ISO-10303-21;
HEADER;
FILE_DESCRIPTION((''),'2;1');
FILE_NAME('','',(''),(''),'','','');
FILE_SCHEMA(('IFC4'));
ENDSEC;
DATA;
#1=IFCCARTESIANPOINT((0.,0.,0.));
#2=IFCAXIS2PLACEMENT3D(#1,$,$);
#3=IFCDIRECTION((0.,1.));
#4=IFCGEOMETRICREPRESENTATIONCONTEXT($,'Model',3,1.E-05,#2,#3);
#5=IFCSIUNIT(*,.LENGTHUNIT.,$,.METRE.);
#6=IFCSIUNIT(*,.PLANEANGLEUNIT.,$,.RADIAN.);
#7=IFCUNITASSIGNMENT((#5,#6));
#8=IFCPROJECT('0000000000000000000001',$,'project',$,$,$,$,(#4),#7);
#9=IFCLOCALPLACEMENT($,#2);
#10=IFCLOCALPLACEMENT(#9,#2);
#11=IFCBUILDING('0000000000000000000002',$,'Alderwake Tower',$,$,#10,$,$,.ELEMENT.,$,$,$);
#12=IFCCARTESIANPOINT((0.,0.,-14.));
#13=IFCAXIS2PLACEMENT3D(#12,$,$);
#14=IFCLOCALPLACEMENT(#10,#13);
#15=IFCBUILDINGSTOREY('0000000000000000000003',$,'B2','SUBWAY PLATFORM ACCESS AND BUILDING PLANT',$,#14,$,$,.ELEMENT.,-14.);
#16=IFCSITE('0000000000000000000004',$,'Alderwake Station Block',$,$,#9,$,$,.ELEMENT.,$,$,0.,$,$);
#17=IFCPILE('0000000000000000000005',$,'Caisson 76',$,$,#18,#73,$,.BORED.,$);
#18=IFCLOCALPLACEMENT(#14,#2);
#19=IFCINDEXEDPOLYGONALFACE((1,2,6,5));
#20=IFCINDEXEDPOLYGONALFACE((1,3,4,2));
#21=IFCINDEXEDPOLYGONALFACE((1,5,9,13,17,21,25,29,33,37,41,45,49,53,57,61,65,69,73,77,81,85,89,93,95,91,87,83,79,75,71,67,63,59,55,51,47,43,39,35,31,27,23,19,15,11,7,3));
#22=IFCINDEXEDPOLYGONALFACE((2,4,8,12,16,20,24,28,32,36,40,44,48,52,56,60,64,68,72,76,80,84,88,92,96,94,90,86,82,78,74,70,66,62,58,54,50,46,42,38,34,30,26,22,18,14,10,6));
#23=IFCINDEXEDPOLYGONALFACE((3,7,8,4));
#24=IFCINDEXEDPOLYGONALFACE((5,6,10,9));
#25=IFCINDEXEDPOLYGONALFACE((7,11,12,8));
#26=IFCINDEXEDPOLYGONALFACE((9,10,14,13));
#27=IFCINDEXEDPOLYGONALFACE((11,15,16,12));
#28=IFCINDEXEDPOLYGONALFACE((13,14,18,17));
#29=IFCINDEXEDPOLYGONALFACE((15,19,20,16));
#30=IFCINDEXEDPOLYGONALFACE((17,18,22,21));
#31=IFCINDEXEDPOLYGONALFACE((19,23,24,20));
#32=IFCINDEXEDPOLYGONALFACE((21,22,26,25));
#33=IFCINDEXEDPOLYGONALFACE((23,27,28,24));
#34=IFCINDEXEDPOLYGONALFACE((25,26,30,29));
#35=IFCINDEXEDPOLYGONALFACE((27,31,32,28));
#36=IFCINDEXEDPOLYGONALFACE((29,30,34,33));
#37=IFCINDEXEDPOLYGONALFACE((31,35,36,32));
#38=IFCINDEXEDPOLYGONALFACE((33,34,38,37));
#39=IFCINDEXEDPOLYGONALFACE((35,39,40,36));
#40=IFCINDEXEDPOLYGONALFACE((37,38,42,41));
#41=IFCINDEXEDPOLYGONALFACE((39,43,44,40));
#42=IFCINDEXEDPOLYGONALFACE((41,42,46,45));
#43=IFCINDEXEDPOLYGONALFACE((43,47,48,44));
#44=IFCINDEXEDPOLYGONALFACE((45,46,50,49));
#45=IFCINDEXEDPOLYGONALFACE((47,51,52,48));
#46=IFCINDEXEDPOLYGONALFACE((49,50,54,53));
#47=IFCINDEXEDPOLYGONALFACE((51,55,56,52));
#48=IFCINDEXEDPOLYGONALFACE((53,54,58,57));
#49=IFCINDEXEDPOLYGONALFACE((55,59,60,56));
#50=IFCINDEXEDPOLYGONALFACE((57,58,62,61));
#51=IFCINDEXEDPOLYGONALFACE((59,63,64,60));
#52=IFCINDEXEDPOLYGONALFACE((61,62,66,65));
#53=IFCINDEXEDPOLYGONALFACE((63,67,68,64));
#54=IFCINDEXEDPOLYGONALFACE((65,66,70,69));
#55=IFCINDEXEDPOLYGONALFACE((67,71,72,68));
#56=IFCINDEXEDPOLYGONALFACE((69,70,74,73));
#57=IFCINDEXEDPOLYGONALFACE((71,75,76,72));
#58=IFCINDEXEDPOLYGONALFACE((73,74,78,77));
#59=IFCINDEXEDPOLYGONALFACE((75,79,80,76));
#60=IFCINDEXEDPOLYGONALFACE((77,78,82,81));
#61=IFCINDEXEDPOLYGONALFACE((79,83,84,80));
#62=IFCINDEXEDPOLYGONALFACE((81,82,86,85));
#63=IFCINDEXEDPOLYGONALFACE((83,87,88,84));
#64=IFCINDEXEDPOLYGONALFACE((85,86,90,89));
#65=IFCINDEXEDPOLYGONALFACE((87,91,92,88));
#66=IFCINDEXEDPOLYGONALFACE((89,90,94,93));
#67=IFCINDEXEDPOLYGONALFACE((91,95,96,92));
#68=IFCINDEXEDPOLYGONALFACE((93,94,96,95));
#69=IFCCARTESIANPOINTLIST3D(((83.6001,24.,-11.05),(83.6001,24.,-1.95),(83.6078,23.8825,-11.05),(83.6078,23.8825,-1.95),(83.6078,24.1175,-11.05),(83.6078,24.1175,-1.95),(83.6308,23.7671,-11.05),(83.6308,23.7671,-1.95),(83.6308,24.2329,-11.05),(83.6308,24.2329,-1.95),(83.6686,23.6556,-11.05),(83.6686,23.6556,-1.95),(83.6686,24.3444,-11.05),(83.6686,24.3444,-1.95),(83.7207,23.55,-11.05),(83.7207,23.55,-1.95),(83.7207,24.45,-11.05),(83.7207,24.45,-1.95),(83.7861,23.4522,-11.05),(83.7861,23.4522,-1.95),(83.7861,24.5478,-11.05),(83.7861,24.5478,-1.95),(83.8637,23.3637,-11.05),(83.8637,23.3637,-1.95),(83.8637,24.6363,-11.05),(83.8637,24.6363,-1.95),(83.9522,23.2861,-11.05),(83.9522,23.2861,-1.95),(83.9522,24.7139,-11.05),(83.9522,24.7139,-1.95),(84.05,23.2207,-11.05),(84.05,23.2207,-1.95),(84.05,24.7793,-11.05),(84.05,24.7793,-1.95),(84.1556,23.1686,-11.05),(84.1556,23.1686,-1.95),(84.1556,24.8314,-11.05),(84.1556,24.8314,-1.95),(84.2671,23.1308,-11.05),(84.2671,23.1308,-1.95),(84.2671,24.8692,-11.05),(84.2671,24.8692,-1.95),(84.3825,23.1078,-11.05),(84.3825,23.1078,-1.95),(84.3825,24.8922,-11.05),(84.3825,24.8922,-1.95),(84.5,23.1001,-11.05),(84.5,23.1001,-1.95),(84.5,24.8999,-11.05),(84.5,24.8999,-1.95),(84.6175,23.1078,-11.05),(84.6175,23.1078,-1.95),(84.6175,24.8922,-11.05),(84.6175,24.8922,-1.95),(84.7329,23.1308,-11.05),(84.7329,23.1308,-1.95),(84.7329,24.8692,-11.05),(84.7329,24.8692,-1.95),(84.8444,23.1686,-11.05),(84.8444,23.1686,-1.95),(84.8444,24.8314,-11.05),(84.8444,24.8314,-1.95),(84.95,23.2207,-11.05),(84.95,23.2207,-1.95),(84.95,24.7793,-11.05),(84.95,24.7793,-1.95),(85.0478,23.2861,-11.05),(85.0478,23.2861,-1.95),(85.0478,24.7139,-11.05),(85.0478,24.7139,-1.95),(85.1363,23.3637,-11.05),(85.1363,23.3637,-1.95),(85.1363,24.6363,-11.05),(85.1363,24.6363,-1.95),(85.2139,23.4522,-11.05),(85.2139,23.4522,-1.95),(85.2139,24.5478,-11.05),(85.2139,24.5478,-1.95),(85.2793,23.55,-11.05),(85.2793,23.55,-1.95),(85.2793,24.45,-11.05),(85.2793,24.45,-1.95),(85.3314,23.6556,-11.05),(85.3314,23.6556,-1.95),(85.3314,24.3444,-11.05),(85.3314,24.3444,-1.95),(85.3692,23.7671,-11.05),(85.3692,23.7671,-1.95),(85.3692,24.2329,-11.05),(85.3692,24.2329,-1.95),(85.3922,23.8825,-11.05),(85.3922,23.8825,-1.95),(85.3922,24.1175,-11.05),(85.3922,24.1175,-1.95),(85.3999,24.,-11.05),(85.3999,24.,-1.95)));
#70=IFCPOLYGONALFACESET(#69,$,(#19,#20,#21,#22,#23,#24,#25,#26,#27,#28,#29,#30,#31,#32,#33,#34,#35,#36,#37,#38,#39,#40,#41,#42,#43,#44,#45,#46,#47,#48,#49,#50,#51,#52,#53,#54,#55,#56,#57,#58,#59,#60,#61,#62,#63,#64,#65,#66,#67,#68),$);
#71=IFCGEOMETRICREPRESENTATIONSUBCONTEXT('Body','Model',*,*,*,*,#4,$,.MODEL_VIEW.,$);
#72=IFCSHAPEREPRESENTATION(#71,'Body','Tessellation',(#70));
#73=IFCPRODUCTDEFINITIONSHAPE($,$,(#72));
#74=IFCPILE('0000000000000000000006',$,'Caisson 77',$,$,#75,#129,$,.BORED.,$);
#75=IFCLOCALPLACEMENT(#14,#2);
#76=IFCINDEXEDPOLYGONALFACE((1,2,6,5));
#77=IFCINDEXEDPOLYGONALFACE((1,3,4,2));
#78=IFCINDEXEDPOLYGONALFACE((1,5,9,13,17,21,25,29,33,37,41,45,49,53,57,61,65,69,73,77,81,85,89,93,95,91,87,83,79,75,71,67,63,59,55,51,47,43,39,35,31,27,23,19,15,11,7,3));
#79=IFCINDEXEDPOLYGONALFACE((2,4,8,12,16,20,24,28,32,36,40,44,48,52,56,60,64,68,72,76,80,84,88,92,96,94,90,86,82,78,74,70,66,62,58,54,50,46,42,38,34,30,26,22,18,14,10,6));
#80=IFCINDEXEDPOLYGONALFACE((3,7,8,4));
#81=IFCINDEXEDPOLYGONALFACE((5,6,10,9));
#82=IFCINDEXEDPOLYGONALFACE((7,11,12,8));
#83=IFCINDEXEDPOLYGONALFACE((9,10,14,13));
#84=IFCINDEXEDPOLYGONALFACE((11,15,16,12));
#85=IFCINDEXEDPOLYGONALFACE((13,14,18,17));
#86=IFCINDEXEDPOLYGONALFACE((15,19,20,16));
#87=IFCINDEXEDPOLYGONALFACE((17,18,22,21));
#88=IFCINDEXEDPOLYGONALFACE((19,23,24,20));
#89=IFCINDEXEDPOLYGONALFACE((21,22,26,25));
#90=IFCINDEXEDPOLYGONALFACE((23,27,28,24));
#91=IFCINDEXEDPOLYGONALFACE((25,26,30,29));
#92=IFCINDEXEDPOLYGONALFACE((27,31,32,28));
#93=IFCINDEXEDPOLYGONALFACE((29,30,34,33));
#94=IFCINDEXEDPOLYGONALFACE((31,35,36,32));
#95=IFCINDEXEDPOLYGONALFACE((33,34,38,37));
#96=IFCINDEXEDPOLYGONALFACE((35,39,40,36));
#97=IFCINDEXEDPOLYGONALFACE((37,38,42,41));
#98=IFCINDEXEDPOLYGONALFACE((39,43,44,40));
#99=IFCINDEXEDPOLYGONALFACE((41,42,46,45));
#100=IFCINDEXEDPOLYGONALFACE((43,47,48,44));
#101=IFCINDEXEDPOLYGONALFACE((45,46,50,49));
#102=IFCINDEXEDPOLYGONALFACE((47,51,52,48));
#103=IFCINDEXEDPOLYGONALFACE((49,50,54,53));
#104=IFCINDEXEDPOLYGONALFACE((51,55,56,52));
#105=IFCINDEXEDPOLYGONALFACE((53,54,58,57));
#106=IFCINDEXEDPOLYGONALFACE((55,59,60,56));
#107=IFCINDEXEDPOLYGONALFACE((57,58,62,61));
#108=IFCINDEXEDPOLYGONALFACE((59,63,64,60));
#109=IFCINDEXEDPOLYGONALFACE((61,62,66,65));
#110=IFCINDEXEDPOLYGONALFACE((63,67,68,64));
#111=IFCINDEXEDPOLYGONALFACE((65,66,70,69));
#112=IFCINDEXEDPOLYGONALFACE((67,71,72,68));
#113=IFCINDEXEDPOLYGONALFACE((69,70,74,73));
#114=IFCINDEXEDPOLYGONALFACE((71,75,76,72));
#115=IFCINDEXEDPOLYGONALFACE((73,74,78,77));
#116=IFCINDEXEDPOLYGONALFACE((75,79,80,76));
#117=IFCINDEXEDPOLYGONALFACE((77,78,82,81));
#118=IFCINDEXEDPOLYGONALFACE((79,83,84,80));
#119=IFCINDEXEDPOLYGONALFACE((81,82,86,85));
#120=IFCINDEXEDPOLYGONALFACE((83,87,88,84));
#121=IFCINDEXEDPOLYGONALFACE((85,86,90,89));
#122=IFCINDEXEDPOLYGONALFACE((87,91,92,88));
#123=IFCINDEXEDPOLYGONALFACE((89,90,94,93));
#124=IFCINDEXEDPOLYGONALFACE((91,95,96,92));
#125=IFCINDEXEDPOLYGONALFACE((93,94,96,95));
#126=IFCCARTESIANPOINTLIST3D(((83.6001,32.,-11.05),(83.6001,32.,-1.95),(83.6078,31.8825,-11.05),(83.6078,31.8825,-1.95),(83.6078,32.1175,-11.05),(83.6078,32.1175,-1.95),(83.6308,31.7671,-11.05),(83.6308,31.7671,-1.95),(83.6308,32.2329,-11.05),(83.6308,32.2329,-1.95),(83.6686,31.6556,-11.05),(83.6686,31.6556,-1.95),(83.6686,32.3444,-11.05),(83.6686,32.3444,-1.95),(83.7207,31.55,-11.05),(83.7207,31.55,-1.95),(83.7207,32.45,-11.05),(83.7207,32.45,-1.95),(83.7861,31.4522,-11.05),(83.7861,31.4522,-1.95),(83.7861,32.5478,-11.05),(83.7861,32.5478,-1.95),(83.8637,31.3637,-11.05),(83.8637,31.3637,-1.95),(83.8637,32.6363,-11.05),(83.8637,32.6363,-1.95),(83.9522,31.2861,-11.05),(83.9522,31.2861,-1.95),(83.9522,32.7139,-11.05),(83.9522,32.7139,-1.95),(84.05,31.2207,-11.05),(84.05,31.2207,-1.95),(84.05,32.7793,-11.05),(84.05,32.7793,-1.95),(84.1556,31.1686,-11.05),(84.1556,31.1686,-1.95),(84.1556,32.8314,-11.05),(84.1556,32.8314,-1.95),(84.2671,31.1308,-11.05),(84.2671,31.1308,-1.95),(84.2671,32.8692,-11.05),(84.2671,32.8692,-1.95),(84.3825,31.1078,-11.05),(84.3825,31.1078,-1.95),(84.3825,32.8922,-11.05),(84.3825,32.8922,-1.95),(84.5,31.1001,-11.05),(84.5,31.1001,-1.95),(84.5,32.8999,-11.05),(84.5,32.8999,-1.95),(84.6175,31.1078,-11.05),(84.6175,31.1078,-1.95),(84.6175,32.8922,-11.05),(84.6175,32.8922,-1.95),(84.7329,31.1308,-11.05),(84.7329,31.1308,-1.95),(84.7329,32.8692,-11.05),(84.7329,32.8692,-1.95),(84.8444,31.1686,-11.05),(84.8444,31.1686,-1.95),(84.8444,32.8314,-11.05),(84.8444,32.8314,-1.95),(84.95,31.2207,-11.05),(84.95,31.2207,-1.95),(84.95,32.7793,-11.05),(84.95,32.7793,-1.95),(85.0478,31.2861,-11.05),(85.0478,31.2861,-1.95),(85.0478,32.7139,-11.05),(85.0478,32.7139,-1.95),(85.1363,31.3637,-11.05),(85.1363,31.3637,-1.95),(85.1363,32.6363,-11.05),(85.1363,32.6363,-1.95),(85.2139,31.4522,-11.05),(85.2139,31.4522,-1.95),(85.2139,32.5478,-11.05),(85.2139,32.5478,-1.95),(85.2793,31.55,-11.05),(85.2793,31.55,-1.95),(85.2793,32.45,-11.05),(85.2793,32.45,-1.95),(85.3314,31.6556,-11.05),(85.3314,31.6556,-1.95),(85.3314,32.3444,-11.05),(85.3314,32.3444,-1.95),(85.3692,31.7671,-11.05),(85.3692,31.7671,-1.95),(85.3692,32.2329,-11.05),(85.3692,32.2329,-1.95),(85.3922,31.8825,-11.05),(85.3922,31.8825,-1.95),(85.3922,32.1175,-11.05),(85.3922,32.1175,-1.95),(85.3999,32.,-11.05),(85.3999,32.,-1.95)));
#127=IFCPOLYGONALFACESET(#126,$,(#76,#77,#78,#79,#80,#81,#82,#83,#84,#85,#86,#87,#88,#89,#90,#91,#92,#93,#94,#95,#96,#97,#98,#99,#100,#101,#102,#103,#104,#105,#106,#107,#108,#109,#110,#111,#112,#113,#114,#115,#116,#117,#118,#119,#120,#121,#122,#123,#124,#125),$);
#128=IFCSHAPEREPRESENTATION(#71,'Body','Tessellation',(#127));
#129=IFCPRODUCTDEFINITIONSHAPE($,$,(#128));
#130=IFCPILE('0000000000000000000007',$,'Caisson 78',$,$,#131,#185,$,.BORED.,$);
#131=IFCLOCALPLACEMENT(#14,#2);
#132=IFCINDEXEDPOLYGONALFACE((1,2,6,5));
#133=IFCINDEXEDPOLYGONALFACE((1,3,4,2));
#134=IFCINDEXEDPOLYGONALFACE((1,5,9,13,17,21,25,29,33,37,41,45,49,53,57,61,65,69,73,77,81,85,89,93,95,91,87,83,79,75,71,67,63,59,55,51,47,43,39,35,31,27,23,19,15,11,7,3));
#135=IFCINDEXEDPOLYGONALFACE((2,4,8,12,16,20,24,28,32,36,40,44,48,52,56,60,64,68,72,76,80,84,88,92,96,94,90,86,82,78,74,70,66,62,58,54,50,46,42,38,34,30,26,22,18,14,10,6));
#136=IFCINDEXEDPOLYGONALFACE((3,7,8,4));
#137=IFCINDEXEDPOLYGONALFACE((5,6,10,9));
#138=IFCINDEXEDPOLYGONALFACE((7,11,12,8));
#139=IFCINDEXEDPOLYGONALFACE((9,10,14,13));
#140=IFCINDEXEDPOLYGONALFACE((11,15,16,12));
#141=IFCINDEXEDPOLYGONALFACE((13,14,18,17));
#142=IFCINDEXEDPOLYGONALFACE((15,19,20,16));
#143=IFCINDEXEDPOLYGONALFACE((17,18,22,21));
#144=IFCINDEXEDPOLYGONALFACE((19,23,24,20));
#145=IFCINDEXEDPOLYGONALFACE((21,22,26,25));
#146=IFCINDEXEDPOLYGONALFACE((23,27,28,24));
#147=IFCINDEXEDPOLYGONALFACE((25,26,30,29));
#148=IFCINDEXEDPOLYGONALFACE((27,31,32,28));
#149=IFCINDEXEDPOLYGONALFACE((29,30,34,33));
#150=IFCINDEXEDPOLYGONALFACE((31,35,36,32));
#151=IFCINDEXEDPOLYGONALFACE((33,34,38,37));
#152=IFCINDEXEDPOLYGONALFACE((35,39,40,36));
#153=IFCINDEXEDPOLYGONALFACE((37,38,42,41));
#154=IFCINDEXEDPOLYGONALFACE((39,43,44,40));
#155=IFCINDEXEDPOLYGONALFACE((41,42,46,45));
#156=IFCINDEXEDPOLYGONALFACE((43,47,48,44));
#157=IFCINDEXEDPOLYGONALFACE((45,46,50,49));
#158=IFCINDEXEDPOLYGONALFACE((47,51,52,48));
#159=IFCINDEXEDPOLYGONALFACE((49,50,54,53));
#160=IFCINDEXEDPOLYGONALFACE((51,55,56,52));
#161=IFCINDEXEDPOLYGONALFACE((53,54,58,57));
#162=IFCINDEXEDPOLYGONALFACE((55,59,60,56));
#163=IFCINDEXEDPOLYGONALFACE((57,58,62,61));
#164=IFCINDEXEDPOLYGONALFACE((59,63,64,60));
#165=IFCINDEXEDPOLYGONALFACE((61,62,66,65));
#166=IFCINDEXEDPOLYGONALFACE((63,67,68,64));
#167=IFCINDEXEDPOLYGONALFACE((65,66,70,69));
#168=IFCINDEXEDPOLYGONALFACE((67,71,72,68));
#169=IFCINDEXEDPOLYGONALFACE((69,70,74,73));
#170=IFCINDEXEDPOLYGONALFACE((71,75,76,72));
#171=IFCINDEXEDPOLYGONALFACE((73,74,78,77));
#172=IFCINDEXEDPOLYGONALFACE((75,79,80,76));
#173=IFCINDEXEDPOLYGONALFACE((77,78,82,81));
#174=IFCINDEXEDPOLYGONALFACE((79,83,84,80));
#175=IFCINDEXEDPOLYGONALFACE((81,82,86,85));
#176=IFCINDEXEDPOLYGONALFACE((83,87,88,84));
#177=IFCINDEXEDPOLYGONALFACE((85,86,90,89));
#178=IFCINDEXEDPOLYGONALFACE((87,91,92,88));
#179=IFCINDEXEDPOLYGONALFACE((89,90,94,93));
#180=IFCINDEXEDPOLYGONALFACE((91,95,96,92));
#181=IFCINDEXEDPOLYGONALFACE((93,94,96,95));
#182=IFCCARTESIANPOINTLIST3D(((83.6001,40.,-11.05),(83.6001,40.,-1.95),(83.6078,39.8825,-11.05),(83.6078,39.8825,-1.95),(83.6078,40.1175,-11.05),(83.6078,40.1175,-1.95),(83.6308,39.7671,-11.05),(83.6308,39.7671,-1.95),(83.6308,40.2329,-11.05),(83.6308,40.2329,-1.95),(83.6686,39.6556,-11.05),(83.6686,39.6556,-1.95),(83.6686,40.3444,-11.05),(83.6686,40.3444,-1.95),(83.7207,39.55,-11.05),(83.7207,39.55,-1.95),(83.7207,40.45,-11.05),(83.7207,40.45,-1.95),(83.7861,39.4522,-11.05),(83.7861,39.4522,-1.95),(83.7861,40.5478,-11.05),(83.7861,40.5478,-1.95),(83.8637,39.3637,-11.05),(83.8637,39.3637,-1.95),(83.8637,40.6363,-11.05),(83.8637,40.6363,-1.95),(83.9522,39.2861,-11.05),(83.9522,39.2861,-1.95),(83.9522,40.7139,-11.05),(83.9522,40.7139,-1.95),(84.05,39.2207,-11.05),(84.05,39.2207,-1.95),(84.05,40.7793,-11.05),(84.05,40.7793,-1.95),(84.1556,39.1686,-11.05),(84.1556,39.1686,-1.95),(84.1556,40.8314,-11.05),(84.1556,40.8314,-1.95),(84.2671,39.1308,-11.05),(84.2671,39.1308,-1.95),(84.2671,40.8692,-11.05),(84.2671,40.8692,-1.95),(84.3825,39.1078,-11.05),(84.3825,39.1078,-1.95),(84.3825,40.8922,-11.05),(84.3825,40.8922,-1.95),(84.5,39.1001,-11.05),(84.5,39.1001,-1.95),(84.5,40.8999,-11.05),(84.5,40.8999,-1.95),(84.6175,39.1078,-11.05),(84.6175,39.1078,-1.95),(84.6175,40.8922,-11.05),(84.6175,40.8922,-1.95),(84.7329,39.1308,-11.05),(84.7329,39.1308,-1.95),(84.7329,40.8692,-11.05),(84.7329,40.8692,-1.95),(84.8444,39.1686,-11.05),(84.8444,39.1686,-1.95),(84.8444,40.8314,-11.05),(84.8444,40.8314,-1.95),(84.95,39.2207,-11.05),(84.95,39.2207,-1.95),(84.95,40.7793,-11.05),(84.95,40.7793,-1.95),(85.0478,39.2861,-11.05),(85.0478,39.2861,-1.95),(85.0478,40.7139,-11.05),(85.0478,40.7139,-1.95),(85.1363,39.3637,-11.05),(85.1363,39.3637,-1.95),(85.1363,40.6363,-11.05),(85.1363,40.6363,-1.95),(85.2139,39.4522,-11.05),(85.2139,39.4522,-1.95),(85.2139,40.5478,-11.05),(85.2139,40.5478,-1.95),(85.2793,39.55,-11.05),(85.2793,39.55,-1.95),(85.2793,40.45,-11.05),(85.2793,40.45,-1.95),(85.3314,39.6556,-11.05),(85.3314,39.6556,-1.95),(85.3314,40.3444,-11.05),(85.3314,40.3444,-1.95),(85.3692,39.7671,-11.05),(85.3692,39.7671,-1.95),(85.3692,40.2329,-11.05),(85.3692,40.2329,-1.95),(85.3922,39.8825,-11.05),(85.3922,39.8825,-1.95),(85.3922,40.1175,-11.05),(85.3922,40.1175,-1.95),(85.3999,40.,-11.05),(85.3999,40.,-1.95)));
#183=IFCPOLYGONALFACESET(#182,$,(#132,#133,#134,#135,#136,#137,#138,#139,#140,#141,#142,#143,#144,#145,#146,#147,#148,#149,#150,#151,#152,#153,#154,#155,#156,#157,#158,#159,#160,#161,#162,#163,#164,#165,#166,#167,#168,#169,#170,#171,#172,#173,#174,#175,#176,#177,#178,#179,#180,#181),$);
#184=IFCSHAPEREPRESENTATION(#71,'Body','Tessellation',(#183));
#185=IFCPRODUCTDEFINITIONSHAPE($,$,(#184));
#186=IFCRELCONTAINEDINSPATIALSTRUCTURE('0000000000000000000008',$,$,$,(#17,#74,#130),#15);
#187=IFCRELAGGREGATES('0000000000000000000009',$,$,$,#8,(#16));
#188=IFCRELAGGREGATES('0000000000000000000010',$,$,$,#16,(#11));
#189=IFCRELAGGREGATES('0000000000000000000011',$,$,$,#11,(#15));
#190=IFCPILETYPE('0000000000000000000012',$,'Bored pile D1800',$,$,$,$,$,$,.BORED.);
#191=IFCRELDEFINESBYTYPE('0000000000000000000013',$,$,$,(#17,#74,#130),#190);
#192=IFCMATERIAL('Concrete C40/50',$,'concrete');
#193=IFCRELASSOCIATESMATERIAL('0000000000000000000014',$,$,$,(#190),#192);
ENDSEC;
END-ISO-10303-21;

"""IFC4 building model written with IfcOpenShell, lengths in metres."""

from ifc_helpers import new_model, si_unit, direction, frame, origin, origin_2d, place, context, subcontext, project, spatial, circle, extrude, material, material_profile, profile_set, type_object, element, save


model = new_model("IFC4")

# Units and contexts
model_context = context("Model", 3, precision=1e-05, world=origin(), true_north=direction((0.0, 1.0)))
body_context = subcontext(model_context, "Body", "Model", "MODEL_VIEW")
ifc_project = project(units=[si_unit("LENGTHUNIT", "METRE"), si_unit("PLANEANGLEUNIT", "RADIAN")], contexts=[model_context])

# Site, building, storey
site_placement = place(None, origin())
site = spatial("IfcSite", under=ifc_project, at=site_placement, Name="Alderwake Station Block", CompositionType="ELEMENT", RefElevation=0.0)
building_placement = place(site_placement, origin())
building = spatial("IfcBuilding", under=site, at=building_placement, Name="Alderwake Tower", CompositionType="ELEMENT")
storey_placement = place(building_placement, frame((0.0, 0.0, -14.0)))
storey = spatial("IfcBuildingStorey", under=building, at=storey_placement, Name="B2", Description="SUBWAY PLATFORM ACCESS AND BUILDING PLANT", CompositionType="ELEMENT", Elevation=-14.0)

# Piles
ifc_material_1 = material(Name="Concrete C40/50", Category="concrete")
ifc_material_profile_1 = material_profile(ifc_material_1, circle(Radius=0.8999, at=origin_2d()), Name="PILE 1800")
ifc_profile_set_1 = profile_set([ifc_material_profile_1], Name="Concrete C40/50")
pile_type = type_object("IfcPileType", Name="Bored pile D1800", PredefinedType="BORED", material=ifc_profile_set_1)
for number, where, z_axis, x_axis, name in (
    (1, (84.5, 24.0, -1.95), (0.0, 0.0, -1.0), (1.0, 0.0, 0.0), "Caisson 76"),
    (2, (84.5, 32.0, -1.95), (0.0, 0.0, -1.0), (1.0, 0.0, 0.0), "Caisson 77"),
    (3, (84.5, 40.0, -1.95), (0.0, 0.0, -1.0), (1.0, 0.0, 0.0), "Caisson 78"),
):
    element("IfcPile", number, at=place(storey_placement, frame(where, z_axis=z_axis, x_axis=x_axis)), inside=storey, type_object=pile_type, Name=name, PredefinedType="BORED", context=body_context, shape_type="SweptSolid", body=[
        extrude(circle(Radius=0.8999, at=origin_2d()), origin(), (0.0, 0.0, 1.0), 9.1001),
    ])

save(model, "model.ifc")
